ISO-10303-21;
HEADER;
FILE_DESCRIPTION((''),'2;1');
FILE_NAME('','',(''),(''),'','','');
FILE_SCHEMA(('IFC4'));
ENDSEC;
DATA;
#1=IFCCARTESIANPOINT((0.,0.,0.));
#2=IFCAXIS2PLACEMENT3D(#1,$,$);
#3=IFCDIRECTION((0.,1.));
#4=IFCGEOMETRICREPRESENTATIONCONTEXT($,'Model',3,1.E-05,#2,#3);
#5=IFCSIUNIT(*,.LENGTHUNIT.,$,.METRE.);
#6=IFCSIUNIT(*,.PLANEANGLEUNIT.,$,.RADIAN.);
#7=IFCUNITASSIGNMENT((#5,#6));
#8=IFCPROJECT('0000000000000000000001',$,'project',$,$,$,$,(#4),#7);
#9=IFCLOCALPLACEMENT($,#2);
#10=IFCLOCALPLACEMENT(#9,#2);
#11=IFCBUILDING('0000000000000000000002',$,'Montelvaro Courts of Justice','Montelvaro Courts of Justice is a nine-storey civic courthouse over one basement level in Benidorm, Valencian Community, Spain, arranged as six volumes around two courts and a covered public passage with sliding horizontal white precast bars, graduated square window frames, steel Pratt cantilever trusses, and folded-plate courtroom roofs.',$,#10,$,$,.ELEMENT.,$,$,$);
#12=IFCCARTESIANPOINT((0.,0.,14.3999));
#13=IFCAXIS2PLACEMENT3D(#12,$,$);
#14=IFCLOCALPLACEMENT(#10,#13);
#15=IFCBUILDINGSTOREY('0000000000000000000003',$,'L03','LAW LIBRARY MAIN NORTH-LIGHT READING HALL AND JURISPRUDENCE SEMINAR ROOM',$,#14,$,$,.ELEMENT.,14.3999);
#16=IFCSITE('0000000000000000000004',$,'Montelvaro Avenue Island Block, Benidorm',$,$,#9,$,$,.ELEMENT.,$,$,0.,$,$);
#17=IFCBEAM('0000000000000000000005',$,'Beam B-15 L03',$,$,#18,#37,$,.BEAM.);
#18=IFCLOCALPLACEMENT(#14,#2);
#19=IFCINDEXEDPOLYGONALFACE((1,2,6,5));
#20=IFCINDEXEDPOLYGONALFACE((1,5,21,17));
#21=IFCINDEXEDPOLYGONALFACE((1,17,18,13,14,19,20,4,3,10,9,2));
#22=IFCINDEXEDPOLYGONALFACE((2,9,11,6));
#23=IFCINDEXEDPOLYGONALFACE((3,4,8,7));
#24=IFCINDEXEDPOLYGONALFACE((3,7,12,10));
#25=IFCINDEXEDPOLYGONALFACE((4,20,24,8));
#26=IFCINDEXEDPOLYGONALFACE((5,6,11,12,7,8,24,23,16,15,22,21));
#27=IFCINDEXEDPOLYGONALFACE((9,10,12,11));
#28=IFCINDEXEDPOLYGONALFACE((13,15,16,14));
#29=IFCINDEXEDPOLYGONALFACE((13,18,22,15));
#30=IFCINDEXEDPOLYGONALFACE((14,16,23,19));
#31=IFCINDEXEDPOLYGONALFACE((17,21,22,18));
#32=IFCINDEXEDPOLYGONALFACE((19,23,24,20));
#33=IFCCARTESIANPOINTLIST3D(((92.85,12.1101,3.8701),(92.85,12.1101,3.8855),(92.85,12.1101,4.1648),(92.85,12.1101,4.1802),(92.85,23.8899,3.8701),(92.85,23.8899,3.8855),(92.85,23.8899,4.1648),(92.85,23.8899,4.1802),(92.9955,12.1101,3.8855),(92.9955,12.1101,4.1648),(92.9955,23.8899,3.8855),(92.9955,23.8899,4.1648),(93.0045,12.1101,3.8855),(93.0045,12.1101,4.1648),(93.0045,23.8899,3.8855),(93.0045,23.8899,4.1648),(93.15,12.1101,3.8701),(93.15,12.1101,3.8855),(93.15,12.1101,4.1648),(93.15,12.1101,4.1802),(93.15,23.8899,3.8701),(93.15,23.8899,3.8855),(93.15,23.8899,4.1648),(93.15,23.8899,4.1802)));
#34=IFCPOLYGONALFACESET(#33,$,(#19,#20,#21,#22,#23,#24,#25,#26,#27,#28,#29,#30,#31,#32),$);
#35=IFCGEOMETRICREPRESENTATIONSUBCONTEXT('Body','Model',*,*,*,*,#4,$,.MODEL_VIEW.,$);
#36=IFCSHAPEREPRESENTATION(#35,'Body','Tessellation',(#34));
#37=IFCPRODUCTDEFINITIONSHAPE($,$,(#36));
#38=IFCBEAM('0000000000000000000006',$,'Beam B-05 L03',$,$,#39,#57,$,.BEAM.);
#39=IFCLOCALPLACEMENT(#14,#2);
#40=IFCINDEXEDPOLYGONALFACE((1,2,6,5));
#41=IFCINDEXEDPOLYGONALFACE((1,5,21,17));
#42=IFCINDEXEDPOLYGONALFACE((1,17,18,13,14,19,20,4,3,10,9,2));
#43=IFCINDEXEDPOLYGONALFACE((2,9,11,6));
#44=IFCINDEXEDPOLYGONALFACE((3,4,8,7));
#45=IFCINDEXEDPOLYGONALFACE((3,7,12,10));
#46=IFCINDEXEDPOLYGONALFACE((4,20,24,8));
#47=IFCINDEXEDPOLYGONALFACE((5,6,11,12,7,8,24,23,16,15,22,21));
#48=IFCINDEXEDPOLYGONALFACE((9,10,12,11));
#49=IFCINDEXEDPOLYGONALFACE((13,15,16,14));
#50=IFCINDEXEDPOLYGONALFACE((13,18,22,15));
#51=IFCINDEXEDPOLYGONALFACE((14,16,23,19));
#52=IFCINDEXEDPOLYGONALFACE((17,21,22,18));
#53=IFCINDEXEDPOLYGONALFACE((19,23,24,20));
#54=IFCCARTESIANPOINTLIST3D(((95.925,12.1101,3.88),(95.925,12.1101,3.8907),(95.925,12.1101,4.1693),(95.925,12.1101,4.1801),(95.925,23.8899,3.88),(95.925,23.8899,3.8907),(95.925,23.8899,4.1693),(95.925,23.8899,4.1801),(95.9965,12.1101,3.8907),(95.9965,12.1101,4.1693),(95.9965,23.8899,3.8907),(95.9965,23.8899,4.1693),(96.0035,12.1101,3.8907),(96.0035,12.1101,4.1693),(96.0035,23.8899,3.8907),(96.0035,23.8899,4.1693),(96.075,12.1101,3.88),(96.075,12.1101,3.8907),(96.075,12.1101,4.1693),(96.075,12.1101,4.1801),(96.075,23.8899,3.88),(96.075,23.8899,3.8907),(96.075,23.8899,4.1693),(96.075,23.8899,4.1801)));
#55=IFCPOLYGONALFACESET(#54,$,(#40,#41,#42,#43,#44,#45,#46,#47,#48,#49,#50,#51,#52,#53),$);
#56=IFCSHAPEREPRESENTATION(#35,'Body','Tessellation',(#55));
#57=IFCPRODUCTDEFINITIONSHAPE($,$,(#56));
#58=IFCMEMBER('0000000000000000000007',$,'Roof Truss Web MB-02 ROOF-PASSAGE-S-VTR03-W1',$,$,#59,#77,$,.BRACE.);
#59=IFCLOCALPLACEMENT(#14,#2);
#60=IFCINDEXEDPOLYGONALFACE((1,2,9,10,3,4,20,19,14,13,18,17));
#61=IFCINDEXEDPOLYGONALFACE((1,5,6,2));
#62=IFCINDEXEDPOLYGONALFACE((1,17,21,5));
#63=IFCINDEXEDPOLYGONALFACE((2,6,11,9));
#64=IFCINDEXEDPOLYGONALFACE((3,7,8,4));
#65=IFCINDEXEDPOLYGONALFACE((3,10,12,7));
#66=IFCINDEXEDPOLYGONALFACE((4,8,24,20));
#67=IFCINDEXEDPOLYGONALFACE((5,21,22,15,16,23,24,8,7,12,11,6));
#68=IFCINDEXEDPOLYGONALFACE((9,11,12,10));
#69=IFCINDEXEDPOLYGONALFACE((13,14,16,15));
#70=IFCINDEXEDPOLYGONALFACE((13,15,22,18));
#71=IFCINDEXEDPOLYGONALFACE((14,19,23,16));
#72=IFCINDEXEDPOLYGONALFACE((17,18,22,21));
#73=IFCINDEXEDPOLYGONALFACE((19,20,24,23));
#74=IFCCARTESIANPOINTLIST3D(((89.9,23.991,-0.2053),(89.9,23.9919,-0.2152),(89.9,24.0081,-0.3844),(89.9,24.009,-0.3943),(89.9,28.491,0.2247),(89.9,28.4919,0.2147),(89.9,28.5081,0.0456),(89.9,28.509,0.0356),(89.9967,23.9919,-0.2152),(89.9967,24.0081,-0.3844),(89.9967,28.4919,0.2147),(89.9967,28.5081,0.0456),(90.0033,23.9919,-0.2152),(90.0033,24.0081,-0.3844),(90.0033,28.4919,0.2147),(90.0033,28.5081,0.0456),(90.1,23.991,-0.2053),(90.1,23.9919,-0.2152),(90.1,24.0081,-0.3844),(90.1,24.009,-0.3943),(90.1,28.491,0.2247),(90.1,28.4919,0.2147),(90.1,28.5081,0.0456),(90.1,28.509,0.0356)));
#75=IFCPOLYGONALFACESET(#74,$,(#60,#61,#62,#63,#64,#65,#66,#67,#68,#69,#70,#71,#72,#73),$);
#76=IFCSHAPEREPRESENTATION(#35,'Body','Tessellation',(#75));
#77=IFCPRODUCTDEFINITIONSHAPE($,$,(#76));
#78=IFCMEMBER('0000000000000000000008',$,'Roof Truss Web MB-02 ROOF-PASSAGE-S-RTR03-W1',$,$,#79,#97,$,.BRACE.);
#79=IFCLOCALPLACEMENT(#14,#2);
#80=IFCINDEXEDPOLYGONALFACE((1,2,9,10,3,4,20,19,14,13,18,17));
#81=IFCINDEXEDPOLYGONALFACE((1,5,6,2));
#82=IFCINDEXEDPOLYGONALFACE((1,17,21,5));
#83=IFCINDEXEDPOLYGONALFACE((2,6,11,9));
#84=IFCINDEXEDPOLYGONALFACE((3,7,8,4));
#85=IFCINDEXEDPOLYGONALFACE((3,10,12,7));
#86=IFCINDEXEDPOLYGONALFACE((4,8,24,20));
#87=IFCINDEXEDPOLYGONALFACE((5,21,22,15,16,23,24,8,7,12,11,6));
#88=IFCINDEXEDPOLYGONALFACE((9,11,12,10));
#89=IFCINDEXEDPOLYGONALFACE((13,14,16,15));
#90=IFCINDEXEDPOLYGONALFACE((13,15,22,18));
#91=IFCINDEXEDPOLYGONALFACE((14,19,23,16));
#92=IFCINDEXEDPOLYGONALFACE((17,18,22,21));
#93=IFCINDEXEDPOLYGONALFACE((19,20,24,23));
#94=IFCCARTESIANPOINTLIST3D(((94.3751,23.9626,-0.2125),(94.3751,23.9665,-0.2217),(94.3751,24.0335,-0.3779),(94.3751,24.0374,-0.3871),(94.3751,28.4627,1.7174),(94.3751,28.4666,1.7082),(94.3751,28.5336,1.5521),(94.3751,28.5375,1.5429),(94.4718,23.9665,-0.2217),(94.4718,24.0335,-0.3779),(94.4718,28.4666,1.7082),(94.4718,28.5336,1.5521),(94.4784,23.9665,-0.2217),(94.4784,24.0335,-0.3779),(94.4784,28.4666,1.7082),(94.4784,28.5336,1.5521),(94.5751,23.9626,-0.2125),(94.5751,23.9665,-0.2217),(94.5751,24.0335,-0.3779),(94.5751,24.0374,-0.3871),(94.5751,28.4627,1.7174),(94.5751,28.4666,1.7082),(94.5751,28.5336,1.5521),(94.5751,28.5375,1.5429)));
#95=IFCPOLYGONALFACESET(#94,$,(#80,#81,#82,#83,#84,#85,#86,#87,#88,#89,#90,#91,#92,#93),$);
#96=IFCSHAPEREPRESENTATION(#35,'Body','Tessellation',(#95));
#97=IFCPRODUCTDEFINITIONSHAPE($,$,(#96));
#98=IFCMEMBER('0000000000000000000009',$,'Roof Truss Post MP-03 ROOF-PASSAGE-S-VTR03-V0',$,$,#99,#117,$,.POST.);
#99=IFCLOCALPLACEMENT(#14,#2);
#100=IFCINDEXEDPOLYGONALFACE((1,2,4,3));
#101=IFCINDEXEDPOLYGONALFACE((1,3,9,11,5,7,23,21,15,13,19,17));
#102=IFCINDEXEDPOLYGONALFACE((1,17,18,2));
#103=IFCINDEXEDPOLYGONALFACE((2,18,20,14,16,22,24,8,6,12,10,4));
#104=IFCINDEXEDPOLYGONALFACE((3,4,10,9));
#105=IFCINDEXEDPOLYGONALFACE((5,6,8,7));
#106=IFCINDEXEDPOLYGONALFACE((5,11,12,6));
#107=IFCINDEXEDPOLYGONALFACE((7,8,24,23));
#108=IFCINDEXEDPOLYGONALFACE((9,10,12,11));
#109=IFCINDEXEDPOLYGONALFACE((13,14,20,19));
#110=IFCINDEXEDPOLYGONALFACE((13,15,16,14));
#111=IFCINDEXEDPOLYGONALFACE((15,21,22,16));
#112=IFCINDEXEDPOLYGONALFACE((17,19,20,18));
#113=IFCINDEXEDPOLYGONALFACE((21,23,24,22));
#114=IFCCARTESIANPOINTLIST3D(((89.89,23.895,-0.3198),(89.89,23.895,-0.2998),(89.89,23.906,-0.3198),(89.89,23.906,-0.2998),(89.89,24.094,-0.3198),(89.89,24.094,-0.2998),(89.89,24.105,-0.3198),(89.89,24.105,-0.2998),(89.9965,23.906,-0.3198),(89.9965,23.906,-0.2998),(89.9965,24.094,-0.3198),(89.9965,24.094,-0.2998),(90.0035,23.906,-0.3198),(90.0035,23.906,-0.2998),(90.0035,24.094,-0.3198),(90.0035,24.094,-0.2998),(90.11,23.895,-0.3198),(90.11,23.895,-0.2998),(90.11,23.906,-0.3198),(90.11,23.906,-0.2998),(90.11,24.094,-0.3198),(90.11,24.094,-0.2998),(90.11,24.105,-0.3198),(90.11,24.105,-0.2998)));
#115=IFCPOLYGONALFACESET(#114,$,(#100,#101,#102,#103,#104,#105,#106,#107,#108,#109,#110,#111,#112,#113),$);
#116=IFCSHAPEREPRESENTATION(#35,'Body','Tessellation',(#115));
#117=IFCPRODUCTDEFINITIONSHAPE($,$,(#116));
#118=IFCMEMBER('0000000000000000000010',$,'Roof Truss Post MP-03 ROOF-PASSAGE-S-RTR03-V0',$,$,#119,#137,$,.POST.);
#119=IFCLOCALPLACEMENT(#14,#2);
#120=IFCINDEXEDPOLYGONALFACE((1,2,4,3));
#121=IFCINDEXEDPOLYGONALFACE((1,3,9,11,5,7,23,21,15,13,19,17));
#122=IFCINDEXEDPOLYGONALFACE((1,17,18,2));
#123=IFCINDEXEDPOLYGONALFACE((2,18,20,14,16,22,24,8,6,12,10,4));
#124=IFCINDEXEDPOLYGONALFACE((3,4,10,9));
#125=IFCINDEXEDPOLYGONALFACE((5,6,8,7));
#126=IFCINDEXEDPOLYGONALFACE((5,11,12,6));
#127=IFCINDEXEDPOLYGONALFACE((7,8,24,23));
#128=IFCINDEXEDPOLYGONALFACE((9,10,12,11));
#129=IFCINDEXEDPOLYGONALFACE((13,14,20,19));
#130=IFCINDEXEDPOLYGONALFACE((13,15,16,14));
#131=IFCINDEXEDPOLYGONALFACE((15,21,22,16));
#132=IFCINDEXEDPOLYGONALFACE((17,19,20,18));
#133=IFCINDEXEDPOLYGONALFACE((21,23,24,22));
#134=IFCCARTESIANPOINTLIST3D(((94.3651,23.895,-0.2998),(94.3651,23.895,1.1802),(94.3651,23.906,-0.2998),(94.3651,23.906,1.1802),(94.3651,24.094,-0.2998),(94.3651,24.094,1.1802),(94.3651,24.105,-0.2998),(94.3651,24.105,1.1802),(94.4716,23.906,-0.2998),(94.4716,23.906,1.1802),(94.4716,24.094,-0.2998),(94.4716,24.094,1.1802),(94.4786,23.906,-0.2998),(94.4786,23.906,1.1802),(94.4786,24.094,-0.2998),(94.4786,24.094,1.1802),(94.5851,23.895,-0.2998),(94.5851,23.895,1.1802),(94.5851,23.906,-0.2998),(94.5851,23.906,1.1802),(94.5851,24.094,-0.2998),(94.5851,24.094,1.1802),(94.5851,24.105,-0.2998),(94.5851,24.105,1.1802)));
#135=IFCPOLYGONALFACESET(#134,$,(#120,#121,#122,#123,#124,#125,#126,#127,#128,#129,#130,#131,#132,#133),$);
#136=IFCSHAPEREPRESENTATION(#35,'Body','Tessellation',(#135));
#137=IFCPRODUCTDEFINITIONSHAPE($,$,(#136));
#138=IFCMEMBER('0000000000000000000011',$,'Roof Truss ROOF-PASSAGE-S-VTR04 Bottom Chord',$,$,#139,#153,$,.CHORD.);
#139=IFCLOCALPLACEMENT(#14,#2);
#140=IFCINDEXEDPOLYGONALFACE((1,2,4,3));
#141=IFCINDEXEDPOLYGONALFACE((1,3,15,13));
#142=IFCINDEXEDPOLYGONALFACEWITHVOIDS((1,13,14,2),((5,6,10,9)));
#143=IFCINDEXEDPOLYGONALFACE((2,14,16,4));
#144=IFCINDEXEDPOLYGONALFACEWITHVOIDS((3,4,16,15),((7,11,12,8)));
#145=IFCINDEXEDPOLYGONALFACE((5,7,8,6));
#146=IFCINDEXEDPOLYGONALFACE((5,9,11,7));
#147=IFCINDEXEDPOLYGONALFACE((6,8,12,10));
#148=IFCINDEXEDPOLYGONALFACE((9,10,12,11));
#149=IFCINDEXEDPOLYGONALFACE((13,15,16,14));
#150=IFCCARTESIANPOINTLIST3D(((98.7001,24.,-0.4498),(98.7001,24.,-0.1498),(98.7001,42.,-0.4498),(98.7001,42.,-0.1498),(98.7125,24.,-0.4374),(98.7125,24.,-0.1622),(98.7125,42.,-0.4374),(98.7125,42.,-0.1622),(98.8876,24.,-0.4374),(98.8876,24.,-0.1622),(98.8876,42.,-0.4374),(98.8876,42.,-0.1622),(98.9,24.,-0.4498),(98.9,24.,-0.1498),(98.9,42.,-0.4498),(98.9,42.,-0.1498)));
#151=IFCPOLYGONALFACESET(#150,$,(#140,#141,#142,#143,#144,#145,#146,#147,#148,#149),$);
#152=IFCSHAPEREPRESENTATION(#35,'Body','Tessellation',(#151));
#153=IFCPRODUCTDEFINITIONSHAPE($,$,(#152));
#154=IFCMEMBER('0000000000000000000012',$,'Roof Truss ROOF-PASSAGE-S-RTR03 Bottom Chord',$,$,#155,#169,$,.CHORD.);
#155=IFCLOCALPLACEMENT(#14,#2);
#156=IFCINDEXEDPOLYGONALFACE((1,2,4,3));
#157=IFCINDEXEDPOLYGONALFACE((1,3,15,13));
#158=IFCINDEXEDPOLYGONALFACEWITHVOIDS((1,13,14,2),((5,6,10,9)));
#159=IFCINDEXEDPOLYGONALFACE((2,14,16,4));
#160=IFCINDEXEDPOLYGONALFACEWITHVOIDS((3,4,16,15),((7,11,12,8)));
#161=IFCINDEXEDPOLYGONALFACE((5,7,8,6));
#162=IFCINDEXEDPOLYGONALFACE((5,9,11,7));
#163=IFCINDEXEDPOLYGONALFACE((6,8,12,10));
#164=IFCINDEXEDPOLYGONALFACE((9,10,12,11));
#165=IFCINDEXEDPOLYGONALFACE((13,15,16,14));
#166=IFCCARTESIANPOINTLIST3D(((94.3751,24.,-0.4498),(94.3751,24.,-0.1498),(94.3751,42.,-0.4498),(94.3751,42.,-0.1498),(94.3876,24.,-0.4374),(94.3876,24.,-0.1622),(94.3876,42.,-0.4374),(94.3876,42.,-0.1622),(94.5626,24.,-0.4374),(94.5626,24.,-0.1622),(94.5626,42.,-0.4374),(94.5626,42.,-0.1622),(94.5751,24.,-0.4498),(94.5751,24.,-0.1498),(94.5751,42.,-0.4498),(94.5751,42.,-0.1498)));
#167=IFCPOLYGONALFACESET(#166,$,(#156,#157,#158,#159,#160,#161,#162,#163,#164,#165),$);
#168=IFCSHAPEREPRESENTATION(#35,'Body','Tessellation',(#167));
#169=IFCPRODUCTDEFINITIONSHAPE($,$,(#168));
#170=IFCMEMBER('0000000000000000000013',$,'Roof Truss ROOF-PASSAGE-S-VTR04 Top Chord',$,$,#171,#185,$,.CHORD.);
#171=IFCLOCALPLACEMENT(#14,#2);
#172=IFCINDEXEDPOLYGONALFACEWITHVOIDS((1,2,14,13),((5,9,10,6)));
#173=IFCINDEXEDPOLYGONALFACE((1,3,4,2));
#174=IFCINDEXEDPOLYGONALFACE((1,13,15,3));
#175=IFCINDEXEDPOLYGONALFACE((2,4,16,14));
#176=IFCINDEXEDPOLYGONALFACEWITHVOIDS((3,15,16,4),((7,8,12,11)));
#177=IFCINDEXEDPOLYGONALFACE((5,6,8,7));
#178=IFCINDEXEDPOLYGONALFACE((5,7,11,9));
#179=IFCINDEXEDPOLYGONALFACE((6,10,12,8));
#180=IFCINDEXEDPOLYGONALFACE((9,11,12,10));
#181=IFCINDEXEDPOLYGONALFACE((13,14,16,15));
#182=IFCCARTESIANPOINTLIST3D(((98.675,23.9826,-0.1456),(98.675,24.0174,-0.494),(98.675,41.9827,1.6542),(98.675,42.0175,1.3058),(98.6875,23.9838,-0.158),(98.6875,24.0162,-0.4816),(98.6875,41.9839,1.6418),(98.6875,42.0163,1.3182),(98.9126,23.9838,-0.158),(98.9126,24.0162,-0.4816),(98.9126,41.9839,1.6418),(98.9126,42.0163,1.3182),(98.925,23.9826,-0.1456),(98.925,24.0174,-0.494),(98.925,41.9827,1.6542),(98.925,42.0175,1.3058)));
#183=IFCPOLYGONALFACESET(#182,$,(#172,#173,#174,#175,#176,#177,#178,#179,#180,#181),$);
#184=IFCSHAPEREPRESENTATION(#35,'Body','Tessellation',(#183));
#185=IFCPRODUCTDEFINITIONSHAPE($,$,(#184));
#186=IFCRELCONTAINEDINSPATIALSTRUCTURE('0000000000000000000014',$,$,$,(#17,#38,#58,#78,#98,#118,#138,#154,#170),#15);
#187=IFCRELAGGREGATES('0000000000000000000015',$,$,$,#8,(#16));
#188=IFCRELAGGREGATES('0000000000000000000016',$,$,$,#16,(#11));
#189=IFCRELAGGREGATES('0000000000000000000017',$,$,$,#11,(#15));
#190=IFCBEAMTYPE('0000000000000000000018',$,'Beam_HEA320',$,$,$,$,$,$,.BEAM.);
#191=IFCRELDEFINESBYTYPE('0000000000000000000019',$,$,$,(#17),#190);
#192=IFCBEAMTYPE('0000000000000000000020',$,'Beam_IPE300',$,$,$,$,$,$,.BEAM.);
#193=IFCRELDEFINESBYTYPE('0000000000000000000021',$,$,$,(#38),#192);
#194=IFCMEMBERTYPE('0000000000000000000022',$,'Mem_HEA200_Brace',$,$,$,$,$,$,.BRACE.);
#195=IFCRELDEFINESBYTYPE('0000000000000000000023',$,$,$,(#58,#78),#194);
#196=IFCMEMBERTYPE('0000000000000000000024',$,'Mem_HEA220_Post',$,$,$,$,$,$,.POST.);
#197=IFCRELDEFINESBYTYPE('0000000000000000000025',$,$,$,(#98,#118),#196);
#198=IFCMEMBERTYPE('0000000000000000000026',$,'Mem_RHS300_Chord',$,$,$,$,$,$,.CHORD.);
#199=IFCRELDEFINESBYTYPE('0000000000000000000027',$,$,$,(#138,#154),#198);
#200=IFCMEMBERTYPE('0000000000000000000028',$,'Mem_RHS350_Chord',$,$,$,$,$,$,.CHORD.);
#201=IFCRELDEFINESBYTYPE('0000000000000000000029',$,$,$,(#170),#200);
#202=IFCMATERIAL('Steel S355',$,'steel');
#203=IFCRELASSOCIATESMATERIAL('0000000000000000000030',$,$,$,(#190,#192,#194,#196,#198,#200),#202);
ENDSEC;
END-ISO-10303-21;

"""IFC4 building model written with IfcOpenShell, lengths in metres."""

from ifc_helpers import new_model, si_unit, direction, frame, origin, origin_2d, place, context, subcontext, project, spatial, hollow_rectangle, i_section, extrude, material, material_profile, profile_set, type_object, element, save


model = new_model("IFC4")

# Units and contexts
model_context = context("Model", 3, precision=1e-05, world=origin(), true_north=direction((0.0, 1.0)))
body_context = subcontext(model_context, "Body", "Model", "MODEL_VIEW")
ifc_project = project(units=[si_unit("LENGTHUNIT", "METRE"), si_unit("PLANEANGLEUNIT", "RADIAN")], contexts=[model_context])

# Site, building, storey
site_placement = place(None, origin())
site = spatial("IfcSite", under=ifc_project, at=site_placement, Name="Montelvaro Avenue Island Block, Benidorm", CompositionType="ELEMENT", RefElevation=0.0)
building_placement = place(site_placement, origin())
building = spatial("IfcBuilding", under=site, at=building_placement, Name="Montelvaro Courts of Justice", Description="Montelvaro Courts of Justice is a nine-storey civic courthouse over one basement level in Benidorm, Valencian Community, Spain, arranged as six volumes around two courts and a covered public passage with sliding horizontal white precast bars, graduated square window frames, steel Pratt cantilever trusses, and folded-plate courtroom roofs.", CompositionType="ELEMENT")
storey_placement = place(building_placement, frame((0.0, 0.0, 14.3999)))
storey = spatial("IfcBuildingStorey", under=building, at=storey_placement, Name="L03", Description="LAW LIBRARY MAIN NORTH-LIGHT READING HALL AND JURISPRUDENCE SEMINAR ROOM", CompositionType="ELEMENT", Elevation=14.3999)

# Beams
ifc_material_1 = material(Name="Steel S355", Category="steel")
ifc_material_profile_1 = material_profile(ifc_material_1, i_section(OverallWidth=0.3, OverallDepth=0.3101, WebThickness=0.009, FlangeThickness=0.0154, at=origin_2d()), Name="HEA 320")
ifc_profile_set_1 = profile_set([ifc_material_profile_1], Name="Steel S355")
beam_type_1 = type_object("IfcBeamType", Name="Beam_HEA320", PredefinedType="BEAM", material=ifc_profile_set_1)
beam_1_placement = place(storey_placement, frame((93.0, 12.1101, 4.0251), z_axis=(0.0, 1.0, 0.0), x_axis=(-1.0, 0.0, 0.0)))
element("IfcBeam", 1, at=beam_1_placement, inside=storey, type_object=beam_type_1, Name="Beam B-15 L03", PredefinedType="BEAM", context=body_context, shape_type="SweptSolid", body=[
    extrude(i_section(OverallWidth=0.3, OverallDepth=0.3101, WebThickness=0.009, FlangeThickness=0.0154, at=origin_2d()), origin(), (0.0, 0.0, 1.0), 11.7798),
])
ifc_material_profile_2 = material_profile(ifc_material_1, i_section(OverallWidth=0.1499, OverallDepth=0.3, WebThickness=0.0071, FlangeThickness=0.0107, at=origin_2d()), Name="IPE 300")
ifc_profile_set_2 = profile_set([ifc_material_profile_2], Name="Steel S355")
beam_type_2 = type_object("IfcBeamType", Name="Beam_IPE300", PredefinedType="BEAM", material=ifc_profile_set_2)
beam_2_placement = place(storey_placement, frame((96.0, 12.1101, 4.03), z_axis=(0.0, 1.0, 0.0), x_axis=(-1.0, 0.0, 0.0)))
element("IfcBeam", 2, at=beam_2_placement, inside=storey, type_object=beam_type_2, Name="Beam B-05 L03", PredefinedType="BEAM", context=body_context, shape_type="SweptSolid", body=[
    extrude(i_section(OverallWidth=0.1499, OverallDepth=0.3, WebThickness=0.0071, FlangeThickness=0.0107, at=origin_2d()), origin(), (0.0, 0.0, 1.0), 11.7798),
])

# Members
ifc_material_profile_3 = material_profile(ifc_material_1, i_section(OverallWidth=0.2, OverallDepth=0.1899, WebThickness=0.0066, FlangeThickness=0.01, at=origin_2d()), Name="HEA 200")
ifc_profile_set_3 = profile_set([ifc_material_profile_3], Name="Steel S355")
member_type_1 = type_object("IfcMemberType", Name="Mem_HEA200_Brace", PredefinedType="BRACE", material=ifc_profile_set_3)
member_1_placement = place(storey_placement, frame((90.0, 24.0, -0.2998), z_axis=(0.0, 0.995467, 0.095107), x_axis=(-1.0, 0.0, 0.0)))
element("IfcMember", 3, at=member_1_placement, inside=storey, type_object=member_type_1, Name="Roof Truss Web MB-02 ROOF-PASSAGE-S-VTR03-W1", PredefinedType="BRACE", context=body_context, shape_type="SweptSolid", body=[
    extrude(i_section(OverallWidth=0.2, OverallDepth=0.1899, WebThickness=0.0066, FlangeThickness=0.01, at=origin_2d()), origin(), (0.0, 0.0, 1.0), 4.5205),
])
member_2_placement = place(storey_placement, frame((94.4751, 24.0, -0.2998), z_axis=(0.0, 0.919044, 0.394154), x_axis=(-1.0, 0.0, 0.0)))
element("IfcMember", 4, at=member_2_placement, inside=storey, type_object=member_type_1, Name="Roof Truss Web MB-02 ROOF-PASSAGE-S-RTR03-W1", PredefinedType="BRACE", context=body_context, shape_type="SweptSolid", body=[
    extrude(i_section(OverallWidth=0.2, OverallDepth=0.1899, WebThickness=0.0066, FlangeThickness=0.01, at=origin_2d()), origin(), (0.0, 0.0, 1.0), 4.8965),
])
ifc_material_profile_4 = material_profile(ifc_material_1, i_section(OverallWidth=0.22, OverallDepth=0.21, WebThickness=0.0071, FlangeThickness=0.011, at=origin_2d()), Name="HEA 220")
ifc_profile_set_4 = profile_set([ifc_material_profile_4], Name="Steel S355")
member_type_2 = type_object("IfcMemberType", Name="Mem_HEA220_Post", PredefinedType="POST", material=ifc_profile_set_4)
member_3_placement = place(storey_placement, frame((90.0, 24.0, -0.2998), z_axis=(0.0, 0.0, -1.0), x_axis=(1.0, 0.0, 0.0)))
element("IfcMember", 5, at=member_3_placement, inside=storey, type_object=member_type_2, Name="Roof Truss Post MP-03 ROOF-PASSAGE-S-VTR03-V0", PredefinedType="POST", context=body_context, shape_type="SweptSolid", body=[
    extrude(i_section(OverallWidth=0.22, OverallDepth=0.21, WebThickness=0.0071, FlangeThickness=0.011, at=origin_2d()), origin(), (0.0, 0.0, 1.0), 0.02),
])
member_4_placement = place(storey_placement, frame((94.4751, 24.0, -0.2998), z_axis=(0.0, 0.0, 1.0), x_axis=(1.0, 0.0, 0.0)))
element("IfcMember", 6, at=member_4_placement, inside=storey, type_object=member_type_2, Name="Roof Truss Post MP-03 ROOF-PASSAGE-S-RTR03-V0", PredefinedType="POST", context=body_context, shape_type="SweptSolid", body=[
    extrude(i_section(OverallWidth=0.22, OverallDepth=0.21, WebThickness=0.0071, FlangeThickness=0.011, at=origin_2d()), origin(), (0.0, 0.0, 1.0), 1.48),
])
ifc_material_profile_5 = material_profile(ifc_material_1, hollow_rectangle(XDim=0.2, YDim=0.3, WallThickness=0.0125, at=origin_2d()), Name="RHS 300x200x12.5")
ifc_profile_set_5 = profile_set([ifc_material_profile_5], Name="Steel S355")
member_type_3 = type_object("IfcMemberType", Name="Mem_RHS300_Chord", PredefinedType="CHORD", material=ifc_profile_set_5)
for number, where, z_axis, x_axis, name in (
    (7, (98.8, 24.0, -0.2998), (0.0, 1.0, 0.0), (-1.0, 0.0, 0.0), "Roof Truss ROOF-PASSAGE-S-VTR04 Bottom Chord"),
    (8, (94.4751, 24.0, -0.2998), (0.0, 1.0, 0.0), (-1.0, 0.0, 0.0), "Roof Truss ROOF-PASSAGE-S-RTR03 Bottom Chord"),
):
    element("IfcMember", number, at=place(storey_placement, frame(where, z_axis=z_axis, x_axis=x_axis)), inside=storey, type_object=member_type_3, Name=name, PredefinedType="CHORD", context=body_context, shape_type="SweptSolid", body=[
        extrude(hollow_rectangle(XDim=0.2, YDim=0.3, WallThickness=0.0125, at=origin_2d()), origin(), (0.0, 0.0, 1.0), 18.0),
    ])
ifc_material_profile_6 = material_profile(ifc_material_1, hollow_rectangle(XDim=0.25, YDim=0.3501, WallThickness=0.0125, at=origin_2d()), Name="RHS 350x250x12.5")
ifc_profile_set_6 = profile_set([ifc_material_profile_6], Name="Steel S355")
member_type_4 = type_object("IfcMemberType", Name="Mem_RHS350_Chord", PredefinedType="CHORD", material=ifc_profile_set_6)
for number, where, z_axis, x_axis, name in (
    (9, (98.8, 24.0, -0.3198), (0.0, 0.995038, 0.099493), (-1.0, 0.0, 0.0), "Roof Truss ROOF-PASSAGE-S-VTR04 Top Chord"),
):
    element("IfcMember", number, at=place(storey_placement, frame(where, z_axis=z_axis, x_axis=x_axis)), inside=storey, type_object=member_type_4, Name=name, PredefinedType="CHORD", context=body_context, shape_type="SweptSolid", body=[
        extrude(hollow_rectangle(XDim=0.25, YDim=0.3501, WallThickness=0.0125, at=origin_2d()), origin(), (0.0, 0.0, 1.0), 18.0898),
    ])

save(model, "model.ifc")
